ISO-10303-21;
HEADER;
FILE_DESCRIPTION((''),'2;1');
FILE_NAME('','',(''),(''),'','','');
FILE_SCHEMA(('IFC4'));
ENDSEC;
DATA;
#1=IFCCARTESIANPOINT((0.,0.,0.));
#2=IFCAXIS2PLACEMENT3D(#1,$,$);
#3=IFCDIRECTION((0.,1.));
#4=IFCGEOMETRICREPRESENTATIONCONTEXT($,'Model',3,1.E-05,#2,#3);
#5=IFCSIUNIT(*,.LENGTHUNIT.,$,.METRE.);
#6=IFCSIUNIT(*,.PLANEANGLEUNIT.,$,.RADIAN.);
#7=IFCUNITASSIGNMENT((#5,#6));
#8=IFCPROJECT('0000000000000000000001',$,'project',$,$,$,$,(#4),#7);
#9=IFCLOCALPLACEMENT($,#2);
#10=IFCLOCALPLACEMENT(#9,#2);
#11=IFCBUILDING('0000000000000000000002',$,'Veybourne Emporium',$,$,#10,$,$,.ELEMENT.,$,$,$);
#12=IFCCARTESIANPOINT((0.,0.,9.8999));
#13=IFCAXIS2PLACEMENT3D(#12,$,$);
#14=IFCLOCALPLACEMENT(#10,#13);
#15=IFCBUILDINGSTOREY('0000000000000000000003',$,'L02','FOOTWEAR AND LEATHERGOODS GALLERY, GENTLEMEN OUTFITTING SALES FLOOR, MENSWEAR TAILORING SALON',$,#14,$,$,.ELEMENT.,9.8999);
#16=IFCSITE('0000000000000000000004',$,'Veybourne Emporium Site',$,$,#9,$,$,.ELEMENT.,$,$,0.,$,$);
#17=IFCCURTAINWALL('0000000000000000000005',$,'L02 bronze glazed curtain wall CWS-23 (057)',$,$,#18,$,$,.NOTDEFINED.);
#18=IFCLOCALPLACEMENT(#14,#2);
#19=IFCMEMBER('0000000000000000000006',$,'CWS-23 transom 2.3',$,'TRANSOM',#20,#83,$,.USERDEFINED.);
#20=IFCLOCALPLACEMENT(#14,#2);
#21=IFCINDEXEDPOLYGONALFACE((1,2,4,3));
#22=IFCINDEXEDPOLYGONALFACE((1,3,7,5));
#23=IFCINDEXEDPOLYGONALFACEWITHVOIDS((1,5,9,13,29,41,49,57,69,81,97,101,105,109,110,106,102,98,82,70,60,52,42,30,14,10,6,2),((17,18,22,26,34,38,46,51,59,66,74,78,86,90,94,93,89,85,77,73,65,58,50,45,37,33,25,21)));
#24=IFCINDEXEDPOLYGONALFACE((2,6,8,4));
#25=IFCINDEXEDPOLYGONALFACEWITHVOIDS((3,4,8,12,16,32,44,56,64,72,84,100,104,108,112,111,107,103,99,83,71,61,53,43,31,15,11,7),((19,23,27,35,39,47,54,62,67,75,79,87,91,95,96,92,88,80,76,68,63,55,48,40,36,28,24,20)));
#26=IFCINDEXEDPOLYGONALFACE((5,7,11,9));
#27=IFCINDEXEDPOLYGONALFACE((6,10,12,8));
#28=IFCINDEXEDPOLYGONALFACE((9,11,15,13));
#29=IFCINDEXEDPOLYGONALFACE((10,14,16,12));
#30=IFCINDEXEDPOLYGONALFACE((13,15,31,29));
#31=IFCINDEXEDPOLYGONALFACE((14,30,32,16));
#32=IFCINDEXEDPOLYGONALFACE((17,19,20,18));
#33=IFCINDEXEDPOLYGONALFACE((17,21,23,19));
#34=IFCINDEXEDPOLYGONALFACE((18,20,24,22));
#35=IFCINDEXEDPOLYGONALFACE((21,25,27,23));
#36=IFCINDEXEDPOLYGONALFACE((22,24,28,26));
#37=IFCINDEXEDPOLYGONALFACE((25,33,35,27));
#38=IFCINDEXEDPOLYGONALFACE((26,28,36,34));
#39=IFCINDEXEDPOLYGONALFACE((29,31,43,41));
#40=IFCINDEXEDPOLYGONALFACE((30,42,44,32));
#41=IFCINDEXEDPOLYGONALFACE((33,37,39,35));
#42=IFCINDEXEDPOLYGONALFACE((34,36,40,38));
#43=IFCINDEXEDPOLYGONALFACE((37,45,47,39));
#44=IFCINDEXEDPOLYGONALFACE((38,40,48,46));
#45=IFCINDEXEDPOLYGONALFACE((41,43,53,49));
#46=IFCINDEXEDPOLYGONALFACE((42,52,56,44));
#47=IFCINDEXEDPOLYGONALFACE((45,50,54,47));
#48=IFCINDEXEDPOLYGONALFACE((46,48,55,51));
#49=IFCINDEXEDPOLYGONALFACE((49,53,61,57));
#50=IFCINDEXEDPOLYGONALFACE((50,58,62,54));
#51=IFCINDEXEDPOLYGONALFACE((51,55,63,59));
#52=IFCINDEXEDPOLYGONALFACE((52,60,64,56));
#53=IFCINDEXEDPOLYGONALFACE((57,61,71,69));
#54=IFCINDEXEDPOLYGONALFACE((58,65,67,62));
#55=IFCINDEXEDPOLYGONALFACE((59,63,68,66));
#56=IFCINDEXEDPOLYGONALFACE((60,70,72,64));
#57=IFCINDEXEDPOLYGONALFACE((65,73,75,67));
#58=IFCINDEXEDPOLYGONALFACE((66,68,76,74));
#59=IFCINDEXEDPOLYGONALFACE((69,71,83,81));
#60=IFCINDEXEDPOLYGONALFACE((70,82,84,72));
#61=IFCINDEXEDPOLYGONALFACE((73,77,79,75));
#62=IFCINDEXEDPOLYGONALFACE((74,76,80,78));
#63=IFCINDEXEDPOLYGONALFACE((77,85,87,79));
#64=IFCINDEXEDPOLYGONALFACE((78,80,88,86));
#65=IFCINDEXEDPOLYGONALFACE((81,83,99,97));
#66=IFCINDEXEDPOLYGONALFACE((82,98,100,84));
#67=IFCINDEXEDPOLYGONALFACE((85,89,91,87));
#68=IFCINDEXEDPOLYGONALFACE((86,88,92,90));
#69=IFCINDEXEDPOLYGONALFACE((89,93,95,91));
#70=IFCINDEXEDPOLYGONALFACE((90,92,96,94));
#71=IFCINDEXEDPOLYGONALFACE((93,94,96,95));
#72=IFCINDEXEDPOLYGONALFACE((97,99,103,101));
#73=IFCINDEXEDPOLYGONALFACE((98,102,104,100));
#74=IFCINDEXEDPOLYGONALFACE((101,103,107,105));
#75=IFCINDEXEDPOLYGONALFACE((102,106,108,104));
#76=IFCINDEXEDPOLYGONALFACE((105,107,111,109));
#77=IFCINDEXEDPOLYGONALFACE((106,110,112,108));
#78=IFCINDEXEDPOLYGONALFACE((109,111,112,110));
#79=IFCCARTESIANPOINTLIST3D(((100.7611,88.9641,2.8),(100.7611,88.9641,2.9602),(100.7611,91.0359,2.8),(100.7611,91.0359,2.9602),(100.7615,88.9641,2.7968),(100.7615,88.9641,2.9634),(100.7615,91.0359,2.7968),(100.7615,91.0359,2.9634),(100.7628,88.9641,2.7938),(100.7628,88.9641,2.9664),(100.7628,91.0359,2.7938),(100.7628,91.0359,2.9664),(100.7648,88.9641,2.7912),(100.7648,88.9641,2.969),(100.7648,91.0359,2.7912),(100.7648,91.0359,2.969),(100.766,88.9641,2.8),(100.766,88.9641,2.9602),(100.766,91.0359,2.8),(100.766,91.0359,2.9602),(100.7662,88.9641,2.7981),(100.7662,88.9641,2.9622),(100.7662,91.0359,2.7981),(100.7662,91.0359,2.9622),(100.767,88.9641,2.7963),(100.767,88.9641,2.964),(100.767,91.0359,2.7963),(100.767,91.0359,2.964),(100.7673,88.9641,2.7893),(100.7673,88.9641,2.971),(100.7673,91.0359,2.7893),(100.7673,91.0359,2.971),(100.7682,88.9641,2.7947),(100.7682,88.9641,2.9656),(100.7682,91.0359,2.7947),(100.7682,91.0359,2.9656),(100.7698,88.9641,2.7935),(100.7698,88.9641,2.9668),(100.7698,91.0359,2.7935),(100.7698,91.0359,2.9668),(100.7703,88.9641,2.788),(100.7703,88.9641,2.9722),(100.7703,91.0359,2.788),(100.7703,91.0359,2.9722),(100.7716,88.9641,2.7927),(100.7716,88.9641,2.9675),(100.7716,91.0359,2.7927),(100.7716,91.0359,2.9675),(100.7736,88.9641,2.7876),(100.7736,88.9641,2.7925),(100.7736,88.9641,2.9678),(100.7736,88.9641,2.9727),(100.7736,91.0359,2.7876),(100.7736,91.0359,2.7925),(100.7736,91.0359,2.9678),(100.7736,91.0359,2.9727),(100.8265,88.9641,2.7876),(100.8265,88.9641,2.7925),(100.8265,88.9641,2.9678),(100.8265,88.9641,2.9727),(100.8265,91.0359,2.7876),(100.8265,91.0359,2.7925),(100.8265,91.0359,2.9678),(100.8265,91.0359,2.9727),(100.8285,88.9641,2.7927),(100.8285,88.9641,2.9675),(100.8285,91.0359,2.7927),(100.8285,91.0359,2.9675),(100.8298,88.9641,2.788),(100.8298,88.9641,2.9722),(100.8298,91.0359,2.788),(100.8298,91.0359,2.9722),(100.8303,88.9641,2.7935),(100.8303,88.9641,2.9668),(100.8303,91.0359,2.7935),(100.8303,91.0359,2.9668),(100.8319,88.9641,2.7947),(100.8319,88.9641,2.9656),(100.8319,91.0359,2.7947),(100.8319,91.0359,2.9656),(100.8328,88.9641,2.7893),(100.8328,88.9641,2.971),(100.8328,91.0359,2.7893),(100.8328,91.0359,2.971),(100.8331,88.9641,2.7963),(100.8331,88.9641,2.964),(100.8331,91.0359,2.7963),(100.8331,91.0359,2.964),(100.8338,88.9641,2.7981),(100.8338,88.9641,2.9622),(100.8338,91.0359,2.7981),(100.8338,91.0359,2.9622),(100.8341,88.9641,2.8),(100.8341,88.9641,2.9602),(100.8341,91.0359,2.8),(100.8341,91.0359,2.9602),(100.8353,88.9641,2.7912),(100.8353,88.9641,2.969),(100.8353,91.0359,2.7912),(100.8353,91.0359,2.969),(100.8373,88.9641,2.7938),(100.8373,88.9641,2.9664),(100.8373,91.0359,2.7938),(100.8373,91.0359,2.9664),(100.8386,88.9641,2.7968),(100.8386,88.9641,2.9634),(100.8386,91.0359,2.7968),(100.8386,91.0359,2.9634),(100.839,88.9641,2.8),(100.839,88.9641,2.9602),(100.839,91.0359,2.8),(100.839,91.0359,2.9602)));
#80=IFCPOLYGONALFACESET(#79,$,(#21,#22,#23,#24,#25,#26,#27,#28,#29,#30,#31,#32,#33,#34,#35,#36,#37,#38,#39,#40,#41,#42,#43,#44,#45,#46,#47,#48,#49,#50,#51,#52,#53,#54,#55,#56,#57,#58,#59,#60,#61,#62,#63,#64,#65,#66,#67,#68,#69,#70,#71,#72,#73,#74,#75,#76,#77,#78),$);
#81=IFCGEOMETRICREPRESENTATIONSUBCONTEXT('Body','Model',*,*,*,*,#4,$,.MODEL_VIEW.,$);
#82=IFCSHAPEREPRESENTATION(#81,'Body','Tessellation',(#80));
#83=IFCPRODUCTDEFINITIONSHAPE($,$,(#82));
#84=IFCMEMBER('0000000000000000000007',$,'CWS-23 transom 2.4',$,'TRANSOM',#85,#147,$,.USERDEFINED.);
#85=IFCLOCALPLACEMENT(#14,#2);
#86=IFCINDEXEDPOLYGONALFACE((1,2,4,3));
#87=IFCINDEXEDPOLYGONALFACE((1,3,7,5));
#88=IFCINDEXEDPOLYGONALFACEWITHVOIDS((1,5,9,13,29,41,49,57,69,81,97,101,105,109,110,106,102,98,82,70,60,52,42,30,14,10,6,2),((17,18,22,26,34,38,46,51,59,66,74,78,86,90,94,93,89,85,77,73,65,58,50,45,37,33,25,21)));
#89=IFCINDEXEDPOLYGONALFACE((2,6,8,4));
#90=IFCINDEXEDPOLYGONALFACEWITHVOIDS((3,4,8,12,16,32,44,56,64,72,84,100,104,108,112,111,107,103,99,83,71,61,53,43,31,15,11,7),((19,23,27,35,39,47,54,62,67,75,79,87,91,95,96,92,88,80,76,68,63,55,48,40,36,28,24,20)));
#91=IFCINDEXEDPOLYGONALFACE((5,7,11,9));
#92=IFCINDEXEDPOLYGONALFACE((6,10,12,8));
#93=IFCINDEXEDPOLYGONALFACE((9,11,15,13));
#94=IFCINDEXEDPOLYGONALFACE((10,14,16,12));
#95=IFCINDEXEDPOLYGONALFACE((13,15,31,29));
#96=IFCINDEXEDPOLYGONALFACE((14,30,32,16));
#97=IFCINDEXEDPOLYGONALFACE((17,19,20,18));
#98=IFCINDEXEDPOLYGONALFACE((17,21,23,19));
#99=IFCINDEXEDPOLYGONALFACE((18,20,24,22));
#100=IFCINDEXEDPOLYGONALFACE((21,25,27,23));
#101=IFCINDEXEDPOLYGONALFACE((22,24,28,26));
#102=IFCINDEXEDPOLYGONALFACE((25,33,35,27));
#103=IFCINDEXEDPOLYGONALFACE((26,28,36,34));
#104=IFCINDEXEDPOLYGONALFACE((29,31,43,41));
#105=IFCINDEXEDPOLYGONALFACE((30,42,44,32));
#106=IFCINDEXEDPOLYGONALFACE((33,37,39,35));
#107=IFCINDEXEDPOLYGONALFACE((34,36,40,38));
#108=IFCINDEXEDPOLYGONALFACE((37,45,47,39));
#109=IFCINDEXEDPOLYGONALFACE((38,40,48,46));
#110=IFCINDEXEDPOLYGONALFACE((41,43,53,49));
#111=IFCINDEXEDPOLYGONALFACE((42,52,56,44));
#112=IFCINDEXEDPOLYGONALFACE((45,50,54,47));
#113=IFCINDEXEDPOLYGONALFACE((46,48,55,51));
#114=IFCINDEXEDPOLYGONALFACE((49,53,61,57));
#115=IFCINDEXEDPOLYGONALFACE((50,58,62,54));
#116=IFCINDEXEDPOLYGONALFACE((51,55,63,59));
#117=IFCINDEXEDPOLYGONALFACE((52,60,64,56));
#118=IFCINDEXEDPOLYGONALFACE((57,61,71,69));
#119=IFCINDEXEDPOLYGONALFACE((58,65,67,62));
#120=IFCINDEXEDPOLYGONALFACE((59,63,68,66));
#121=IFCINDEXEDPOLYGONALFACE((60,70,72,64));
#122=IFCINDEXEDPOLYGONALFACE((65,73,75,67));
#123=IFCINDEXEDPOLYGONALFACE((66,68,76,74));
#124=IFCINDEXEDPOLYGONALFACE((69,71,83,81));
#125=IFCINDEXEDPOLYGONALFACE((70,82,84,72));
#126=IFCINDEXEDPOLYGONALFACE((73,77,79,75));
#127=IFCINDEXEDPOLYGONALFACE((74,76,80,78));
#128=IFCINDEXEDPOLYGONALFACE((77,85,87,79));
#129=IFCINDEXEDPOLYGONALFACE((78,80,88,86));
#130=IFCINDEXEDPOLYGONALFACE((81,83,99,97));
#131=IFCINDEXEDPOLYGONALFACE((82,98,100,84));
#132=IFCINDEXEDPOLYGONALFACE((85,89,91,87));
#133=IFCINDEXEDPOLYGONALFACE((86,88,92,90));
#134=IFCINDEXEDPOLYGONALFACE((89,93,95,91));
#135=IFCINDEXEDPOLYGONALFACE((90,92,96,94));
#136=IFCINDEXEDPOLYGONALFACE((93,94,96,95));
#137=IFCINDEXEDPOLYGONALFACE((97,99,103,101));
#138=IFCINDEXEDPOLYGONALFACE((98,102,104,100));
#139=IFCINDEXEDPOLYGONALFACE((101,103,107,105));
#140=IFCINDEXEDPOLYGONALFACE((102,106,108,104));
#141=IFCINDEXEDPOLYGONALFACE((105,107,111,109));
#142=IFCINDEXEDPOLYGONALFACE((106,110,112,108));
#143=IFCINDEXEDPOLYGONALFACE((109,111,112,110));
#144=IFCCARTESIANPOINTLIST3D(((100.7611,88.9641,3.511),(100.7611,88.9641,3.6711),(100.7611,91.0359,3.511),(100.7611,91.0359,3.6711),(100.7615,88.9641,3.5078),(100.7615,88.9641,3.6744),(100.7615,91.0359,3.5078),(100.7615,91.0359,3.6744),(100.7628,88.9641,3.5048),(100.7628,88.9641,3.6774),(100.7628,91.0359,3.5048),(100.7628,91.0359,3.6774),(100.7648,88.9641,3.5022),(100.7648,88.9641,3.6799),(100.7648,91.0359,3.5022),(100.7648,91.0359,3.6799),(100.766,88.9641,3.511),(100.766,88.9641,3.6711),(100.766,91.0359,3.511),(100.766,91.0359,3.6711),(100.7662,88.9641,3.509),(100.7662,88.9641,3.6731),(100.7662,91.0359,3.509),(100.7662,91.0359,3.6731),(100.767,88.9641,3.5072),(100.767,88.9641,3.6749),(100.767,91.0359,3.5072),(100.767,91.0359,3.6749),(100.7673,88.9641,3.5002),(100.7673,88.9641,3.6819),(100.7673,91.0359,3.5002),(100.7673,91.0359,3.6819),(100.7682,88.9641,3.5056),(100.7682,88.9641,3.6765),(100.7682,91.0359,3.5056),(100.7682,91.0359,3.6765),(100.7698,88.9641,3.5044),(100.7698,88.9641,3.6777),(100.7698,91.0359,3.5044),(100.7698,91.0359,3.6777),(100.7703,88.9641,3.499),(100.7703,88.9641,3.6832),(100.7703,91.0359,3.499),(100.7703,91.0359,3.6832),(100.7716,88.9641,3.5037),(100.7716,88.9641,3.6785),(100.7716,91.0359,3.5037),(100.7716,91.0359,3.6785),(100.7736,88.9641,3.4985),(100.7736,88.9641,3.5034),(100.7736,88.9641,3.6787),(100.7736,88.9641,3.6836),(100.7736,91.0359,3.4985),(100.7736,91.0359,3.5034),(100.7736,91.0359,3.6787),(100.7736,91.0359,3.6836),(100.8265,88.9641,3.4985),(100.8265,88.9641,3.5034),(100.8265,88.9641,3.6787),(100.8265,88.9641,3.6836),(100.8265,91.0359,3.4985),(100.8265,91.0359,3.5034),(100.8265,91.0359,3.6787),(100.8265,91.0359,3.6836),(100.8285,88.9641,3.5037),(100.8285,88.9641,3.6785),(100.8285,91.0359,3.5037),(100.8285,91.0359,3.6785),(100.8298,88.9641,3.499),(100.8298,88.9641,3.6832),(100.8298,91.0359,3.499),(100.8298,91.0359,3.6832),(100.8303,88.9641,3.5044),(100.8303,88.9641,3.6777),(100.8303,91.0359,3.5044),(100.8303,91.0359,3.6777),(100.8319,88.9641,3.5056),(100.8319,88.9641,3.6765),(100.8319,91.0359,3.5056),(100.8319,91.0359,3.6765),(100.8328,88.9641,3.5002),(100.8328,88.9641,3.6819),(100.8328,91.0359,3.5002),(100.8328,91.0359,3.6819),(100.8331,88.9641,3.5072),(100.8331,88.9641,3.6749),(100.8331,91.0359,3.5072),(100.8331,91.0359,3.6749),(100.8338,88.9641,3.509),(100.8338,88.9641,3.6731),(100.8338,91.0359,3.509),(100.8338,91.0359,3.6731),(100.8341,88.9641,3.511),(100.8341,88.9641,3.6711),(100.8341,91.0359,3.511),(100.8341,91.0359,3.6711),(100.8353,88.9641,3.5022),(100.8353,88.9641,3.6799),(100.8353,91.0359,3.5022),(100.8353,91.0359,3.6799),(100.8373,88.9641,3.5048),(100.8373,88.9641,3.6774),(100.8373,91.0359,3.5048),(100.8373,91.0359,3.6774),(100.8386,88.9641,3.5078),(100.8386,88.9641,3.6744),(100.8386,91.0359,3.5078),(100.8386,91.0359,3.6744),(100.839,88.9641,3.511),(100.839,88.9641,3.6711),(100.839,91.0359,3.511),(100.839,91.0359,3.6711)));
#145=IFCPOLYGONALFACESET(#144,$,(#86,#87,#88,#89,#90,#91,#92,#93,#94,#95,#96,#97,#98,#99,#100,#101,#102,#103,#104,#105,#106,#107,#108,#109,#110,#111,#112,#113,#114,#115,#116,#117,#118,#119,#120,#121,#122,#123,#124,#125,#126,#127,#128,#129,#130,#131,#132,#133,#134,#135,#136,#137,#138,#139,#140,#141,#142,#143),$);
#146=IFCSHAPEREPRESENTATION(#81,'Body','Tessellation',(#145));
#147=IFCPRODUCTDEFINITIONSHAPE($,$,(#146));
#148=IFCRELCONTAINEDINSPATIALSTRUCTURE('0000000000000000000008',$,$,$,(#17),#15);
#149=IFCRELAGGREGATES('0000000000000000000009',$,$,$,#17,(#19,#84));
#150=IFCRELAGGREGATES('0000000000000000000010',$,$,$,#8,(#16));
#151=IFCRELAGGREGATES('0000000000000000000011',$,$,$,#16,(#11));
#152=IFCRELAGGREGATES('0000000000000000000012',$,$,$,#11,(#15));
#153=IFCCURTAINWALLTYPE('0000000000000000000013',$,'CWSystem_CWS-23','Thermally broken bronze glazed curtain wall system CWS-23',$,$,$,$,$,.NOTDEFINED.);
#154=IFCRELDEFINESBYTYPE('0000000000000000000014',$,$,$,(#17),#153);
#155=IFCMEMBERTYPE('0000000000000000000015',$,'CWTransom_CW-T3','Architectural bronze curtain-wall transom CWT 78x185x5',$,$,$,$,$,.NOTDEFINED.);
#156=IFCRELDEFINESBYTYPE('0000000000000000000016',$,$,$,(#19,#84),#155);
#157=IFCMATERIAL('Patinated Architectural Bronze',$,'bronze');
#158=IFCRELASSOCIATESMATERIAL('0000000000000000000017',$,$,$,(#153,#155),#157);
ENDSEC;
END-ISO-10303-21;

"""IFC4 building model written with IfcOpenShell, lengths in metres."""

from ifc_helpers import new_model, si_unit, direction, frame, origin, origin_2d, place, context, subcontext, project, spatial, hollow_rectangle, extrude, material, material_profile, profile_set, type_object, element, aggregate, save


model = new_model("IFC4")

# Units and contexts
model_context = context("Model", 3, precision=1e-05, world=origin(), true_north=direction((0.0, 1.0)))
body_context = subcontext(model_context, "Body", "Model", "MODEL_VIEW")
ifc_project = project(units=[si_unit("LENGTHUNIT", "METRE"), si_unit("PLANEANGLEUNIT", "RADIAN")], contexts=[model_context])

# Site, building, storey
site_placement = place(None, origin())
site = spatial("IfcSite", under=ifc_project, at=site_placement, Name="Veybourne Emporium Site", CompositionType="ELEMENT", RefElevation=0.0)
building_placement = place(site_placement, origin())
building = spatial("IfcBuilding", under=site, at=building_placement, Name="Veybourne Emporium", CompositionType="ELEMENT")
storey_placement = place(building_placement, frame((0.0, 0.0, 9.8999)))
storey = spatial("IfcBuildingStorey", under=building, at=storey_placement, Name="L02", Description="FOOTWEAR AND LEATHERGOODS GALLERY, GENTLEMEN OUTFITTING SALES FLOOR, MENSWEAR TAILORING SALON", CompositionType="ELEMENT", Elevation=9.8999)

# Curtain wall, members
ifc_material_1 = material(Name="Patinated Architectural Bronze", Category="bronze")
curtain_wall_type = type_object("IfcCurtainWallType", Name="CWSystem_CWS-23", Description="Thermally broken bronze glazed curtain wall system CWS-23", PredefinedType="NOTDEFINED", material=ifc_material_1)
curtain_wall_placement = place(storey_placement, origin())
curtain_wall = element("IfcCurtainWall", 1, at=curtain_wall_placement, inside=storey, type_object=curtain_wall_type, Name="L02 bronze glazed curtain wall CWS-23 (057)", PredefinedType="NOTDEFINED")
ifc_material_profile_1 = material_profile(ifc_material_1, hollow_rectangle(XDim=0.0779, YDim=0.1851, WallThickness=0.0049, InnerFilletRadius=0.0076, OuterFilletRadius=0.0125, at=origin_2d()), Name="CWT 78x185x5")
ifc_profile_set_1 = profile_set([ifc_material_profile_1], Name="Patinated Architectural Bronze")
member_type_1 = type_object("IfcMemberType", Name="CWTransom_CW-T3", Description="Architectural bronze curtain-wall transom CWT 78x185x5", PredefinedType="NOTDEFINED", material=ifc_profile_set_1)
member_1_placement = place(storey_placement, frame((100.8, 91.0359, 2.8801), z_axis=(0.0, -1.0, 0.0), x_axis=(1.0, 0.0, 0.0)))
member_1 = element("IfcMember", 2, at=member_1_placement, type_object=member_type_1, Name="CWS-23 transom 2.3", ObjectType="TRANSOM", PredefinedType="USERDEFINED", context=body_context, shape_type="SweptSolid", body=[
    extrude(hollow_rectangle(XDim=0.0779, YDim=0.1851, WallThickness=0.0049, InnerFilletRadius=0.0076, OuterFilletRadius=0.0125, at=origin_2d()), origin(), (0.0, 0.0, 1.0), 2.0718),
])
member_2_placement = place(storey_placement, frame((100.8, 91.0359, 3.5911), z_axis=(0.0, -1.0, 0.0), x_axis=(1.0, 0.0, 0.0)))
member_2 = element("IfcMember", 3, at=member_2_placement, type_object=member_type_1, Name="CWS-23 transom 2.4", ObjectType="TRANSOM", PredefinedType="USERDEFINED", context=body_context, shape_type="SweptSolid", body=[
    extrude(hollow_rectangle(XDim=0.0779, YDim=0.1851, WallThickness=0.0049, InnerFilletRadius=0.0076, OuterFilletRadius=0.0125, at=origin_2d()), origin(), (0.0, 0.0, 1.0), 2.0718),
])
aggregate(curtain_wall, [member_1, member_2])

save(model, "model.ifc")
